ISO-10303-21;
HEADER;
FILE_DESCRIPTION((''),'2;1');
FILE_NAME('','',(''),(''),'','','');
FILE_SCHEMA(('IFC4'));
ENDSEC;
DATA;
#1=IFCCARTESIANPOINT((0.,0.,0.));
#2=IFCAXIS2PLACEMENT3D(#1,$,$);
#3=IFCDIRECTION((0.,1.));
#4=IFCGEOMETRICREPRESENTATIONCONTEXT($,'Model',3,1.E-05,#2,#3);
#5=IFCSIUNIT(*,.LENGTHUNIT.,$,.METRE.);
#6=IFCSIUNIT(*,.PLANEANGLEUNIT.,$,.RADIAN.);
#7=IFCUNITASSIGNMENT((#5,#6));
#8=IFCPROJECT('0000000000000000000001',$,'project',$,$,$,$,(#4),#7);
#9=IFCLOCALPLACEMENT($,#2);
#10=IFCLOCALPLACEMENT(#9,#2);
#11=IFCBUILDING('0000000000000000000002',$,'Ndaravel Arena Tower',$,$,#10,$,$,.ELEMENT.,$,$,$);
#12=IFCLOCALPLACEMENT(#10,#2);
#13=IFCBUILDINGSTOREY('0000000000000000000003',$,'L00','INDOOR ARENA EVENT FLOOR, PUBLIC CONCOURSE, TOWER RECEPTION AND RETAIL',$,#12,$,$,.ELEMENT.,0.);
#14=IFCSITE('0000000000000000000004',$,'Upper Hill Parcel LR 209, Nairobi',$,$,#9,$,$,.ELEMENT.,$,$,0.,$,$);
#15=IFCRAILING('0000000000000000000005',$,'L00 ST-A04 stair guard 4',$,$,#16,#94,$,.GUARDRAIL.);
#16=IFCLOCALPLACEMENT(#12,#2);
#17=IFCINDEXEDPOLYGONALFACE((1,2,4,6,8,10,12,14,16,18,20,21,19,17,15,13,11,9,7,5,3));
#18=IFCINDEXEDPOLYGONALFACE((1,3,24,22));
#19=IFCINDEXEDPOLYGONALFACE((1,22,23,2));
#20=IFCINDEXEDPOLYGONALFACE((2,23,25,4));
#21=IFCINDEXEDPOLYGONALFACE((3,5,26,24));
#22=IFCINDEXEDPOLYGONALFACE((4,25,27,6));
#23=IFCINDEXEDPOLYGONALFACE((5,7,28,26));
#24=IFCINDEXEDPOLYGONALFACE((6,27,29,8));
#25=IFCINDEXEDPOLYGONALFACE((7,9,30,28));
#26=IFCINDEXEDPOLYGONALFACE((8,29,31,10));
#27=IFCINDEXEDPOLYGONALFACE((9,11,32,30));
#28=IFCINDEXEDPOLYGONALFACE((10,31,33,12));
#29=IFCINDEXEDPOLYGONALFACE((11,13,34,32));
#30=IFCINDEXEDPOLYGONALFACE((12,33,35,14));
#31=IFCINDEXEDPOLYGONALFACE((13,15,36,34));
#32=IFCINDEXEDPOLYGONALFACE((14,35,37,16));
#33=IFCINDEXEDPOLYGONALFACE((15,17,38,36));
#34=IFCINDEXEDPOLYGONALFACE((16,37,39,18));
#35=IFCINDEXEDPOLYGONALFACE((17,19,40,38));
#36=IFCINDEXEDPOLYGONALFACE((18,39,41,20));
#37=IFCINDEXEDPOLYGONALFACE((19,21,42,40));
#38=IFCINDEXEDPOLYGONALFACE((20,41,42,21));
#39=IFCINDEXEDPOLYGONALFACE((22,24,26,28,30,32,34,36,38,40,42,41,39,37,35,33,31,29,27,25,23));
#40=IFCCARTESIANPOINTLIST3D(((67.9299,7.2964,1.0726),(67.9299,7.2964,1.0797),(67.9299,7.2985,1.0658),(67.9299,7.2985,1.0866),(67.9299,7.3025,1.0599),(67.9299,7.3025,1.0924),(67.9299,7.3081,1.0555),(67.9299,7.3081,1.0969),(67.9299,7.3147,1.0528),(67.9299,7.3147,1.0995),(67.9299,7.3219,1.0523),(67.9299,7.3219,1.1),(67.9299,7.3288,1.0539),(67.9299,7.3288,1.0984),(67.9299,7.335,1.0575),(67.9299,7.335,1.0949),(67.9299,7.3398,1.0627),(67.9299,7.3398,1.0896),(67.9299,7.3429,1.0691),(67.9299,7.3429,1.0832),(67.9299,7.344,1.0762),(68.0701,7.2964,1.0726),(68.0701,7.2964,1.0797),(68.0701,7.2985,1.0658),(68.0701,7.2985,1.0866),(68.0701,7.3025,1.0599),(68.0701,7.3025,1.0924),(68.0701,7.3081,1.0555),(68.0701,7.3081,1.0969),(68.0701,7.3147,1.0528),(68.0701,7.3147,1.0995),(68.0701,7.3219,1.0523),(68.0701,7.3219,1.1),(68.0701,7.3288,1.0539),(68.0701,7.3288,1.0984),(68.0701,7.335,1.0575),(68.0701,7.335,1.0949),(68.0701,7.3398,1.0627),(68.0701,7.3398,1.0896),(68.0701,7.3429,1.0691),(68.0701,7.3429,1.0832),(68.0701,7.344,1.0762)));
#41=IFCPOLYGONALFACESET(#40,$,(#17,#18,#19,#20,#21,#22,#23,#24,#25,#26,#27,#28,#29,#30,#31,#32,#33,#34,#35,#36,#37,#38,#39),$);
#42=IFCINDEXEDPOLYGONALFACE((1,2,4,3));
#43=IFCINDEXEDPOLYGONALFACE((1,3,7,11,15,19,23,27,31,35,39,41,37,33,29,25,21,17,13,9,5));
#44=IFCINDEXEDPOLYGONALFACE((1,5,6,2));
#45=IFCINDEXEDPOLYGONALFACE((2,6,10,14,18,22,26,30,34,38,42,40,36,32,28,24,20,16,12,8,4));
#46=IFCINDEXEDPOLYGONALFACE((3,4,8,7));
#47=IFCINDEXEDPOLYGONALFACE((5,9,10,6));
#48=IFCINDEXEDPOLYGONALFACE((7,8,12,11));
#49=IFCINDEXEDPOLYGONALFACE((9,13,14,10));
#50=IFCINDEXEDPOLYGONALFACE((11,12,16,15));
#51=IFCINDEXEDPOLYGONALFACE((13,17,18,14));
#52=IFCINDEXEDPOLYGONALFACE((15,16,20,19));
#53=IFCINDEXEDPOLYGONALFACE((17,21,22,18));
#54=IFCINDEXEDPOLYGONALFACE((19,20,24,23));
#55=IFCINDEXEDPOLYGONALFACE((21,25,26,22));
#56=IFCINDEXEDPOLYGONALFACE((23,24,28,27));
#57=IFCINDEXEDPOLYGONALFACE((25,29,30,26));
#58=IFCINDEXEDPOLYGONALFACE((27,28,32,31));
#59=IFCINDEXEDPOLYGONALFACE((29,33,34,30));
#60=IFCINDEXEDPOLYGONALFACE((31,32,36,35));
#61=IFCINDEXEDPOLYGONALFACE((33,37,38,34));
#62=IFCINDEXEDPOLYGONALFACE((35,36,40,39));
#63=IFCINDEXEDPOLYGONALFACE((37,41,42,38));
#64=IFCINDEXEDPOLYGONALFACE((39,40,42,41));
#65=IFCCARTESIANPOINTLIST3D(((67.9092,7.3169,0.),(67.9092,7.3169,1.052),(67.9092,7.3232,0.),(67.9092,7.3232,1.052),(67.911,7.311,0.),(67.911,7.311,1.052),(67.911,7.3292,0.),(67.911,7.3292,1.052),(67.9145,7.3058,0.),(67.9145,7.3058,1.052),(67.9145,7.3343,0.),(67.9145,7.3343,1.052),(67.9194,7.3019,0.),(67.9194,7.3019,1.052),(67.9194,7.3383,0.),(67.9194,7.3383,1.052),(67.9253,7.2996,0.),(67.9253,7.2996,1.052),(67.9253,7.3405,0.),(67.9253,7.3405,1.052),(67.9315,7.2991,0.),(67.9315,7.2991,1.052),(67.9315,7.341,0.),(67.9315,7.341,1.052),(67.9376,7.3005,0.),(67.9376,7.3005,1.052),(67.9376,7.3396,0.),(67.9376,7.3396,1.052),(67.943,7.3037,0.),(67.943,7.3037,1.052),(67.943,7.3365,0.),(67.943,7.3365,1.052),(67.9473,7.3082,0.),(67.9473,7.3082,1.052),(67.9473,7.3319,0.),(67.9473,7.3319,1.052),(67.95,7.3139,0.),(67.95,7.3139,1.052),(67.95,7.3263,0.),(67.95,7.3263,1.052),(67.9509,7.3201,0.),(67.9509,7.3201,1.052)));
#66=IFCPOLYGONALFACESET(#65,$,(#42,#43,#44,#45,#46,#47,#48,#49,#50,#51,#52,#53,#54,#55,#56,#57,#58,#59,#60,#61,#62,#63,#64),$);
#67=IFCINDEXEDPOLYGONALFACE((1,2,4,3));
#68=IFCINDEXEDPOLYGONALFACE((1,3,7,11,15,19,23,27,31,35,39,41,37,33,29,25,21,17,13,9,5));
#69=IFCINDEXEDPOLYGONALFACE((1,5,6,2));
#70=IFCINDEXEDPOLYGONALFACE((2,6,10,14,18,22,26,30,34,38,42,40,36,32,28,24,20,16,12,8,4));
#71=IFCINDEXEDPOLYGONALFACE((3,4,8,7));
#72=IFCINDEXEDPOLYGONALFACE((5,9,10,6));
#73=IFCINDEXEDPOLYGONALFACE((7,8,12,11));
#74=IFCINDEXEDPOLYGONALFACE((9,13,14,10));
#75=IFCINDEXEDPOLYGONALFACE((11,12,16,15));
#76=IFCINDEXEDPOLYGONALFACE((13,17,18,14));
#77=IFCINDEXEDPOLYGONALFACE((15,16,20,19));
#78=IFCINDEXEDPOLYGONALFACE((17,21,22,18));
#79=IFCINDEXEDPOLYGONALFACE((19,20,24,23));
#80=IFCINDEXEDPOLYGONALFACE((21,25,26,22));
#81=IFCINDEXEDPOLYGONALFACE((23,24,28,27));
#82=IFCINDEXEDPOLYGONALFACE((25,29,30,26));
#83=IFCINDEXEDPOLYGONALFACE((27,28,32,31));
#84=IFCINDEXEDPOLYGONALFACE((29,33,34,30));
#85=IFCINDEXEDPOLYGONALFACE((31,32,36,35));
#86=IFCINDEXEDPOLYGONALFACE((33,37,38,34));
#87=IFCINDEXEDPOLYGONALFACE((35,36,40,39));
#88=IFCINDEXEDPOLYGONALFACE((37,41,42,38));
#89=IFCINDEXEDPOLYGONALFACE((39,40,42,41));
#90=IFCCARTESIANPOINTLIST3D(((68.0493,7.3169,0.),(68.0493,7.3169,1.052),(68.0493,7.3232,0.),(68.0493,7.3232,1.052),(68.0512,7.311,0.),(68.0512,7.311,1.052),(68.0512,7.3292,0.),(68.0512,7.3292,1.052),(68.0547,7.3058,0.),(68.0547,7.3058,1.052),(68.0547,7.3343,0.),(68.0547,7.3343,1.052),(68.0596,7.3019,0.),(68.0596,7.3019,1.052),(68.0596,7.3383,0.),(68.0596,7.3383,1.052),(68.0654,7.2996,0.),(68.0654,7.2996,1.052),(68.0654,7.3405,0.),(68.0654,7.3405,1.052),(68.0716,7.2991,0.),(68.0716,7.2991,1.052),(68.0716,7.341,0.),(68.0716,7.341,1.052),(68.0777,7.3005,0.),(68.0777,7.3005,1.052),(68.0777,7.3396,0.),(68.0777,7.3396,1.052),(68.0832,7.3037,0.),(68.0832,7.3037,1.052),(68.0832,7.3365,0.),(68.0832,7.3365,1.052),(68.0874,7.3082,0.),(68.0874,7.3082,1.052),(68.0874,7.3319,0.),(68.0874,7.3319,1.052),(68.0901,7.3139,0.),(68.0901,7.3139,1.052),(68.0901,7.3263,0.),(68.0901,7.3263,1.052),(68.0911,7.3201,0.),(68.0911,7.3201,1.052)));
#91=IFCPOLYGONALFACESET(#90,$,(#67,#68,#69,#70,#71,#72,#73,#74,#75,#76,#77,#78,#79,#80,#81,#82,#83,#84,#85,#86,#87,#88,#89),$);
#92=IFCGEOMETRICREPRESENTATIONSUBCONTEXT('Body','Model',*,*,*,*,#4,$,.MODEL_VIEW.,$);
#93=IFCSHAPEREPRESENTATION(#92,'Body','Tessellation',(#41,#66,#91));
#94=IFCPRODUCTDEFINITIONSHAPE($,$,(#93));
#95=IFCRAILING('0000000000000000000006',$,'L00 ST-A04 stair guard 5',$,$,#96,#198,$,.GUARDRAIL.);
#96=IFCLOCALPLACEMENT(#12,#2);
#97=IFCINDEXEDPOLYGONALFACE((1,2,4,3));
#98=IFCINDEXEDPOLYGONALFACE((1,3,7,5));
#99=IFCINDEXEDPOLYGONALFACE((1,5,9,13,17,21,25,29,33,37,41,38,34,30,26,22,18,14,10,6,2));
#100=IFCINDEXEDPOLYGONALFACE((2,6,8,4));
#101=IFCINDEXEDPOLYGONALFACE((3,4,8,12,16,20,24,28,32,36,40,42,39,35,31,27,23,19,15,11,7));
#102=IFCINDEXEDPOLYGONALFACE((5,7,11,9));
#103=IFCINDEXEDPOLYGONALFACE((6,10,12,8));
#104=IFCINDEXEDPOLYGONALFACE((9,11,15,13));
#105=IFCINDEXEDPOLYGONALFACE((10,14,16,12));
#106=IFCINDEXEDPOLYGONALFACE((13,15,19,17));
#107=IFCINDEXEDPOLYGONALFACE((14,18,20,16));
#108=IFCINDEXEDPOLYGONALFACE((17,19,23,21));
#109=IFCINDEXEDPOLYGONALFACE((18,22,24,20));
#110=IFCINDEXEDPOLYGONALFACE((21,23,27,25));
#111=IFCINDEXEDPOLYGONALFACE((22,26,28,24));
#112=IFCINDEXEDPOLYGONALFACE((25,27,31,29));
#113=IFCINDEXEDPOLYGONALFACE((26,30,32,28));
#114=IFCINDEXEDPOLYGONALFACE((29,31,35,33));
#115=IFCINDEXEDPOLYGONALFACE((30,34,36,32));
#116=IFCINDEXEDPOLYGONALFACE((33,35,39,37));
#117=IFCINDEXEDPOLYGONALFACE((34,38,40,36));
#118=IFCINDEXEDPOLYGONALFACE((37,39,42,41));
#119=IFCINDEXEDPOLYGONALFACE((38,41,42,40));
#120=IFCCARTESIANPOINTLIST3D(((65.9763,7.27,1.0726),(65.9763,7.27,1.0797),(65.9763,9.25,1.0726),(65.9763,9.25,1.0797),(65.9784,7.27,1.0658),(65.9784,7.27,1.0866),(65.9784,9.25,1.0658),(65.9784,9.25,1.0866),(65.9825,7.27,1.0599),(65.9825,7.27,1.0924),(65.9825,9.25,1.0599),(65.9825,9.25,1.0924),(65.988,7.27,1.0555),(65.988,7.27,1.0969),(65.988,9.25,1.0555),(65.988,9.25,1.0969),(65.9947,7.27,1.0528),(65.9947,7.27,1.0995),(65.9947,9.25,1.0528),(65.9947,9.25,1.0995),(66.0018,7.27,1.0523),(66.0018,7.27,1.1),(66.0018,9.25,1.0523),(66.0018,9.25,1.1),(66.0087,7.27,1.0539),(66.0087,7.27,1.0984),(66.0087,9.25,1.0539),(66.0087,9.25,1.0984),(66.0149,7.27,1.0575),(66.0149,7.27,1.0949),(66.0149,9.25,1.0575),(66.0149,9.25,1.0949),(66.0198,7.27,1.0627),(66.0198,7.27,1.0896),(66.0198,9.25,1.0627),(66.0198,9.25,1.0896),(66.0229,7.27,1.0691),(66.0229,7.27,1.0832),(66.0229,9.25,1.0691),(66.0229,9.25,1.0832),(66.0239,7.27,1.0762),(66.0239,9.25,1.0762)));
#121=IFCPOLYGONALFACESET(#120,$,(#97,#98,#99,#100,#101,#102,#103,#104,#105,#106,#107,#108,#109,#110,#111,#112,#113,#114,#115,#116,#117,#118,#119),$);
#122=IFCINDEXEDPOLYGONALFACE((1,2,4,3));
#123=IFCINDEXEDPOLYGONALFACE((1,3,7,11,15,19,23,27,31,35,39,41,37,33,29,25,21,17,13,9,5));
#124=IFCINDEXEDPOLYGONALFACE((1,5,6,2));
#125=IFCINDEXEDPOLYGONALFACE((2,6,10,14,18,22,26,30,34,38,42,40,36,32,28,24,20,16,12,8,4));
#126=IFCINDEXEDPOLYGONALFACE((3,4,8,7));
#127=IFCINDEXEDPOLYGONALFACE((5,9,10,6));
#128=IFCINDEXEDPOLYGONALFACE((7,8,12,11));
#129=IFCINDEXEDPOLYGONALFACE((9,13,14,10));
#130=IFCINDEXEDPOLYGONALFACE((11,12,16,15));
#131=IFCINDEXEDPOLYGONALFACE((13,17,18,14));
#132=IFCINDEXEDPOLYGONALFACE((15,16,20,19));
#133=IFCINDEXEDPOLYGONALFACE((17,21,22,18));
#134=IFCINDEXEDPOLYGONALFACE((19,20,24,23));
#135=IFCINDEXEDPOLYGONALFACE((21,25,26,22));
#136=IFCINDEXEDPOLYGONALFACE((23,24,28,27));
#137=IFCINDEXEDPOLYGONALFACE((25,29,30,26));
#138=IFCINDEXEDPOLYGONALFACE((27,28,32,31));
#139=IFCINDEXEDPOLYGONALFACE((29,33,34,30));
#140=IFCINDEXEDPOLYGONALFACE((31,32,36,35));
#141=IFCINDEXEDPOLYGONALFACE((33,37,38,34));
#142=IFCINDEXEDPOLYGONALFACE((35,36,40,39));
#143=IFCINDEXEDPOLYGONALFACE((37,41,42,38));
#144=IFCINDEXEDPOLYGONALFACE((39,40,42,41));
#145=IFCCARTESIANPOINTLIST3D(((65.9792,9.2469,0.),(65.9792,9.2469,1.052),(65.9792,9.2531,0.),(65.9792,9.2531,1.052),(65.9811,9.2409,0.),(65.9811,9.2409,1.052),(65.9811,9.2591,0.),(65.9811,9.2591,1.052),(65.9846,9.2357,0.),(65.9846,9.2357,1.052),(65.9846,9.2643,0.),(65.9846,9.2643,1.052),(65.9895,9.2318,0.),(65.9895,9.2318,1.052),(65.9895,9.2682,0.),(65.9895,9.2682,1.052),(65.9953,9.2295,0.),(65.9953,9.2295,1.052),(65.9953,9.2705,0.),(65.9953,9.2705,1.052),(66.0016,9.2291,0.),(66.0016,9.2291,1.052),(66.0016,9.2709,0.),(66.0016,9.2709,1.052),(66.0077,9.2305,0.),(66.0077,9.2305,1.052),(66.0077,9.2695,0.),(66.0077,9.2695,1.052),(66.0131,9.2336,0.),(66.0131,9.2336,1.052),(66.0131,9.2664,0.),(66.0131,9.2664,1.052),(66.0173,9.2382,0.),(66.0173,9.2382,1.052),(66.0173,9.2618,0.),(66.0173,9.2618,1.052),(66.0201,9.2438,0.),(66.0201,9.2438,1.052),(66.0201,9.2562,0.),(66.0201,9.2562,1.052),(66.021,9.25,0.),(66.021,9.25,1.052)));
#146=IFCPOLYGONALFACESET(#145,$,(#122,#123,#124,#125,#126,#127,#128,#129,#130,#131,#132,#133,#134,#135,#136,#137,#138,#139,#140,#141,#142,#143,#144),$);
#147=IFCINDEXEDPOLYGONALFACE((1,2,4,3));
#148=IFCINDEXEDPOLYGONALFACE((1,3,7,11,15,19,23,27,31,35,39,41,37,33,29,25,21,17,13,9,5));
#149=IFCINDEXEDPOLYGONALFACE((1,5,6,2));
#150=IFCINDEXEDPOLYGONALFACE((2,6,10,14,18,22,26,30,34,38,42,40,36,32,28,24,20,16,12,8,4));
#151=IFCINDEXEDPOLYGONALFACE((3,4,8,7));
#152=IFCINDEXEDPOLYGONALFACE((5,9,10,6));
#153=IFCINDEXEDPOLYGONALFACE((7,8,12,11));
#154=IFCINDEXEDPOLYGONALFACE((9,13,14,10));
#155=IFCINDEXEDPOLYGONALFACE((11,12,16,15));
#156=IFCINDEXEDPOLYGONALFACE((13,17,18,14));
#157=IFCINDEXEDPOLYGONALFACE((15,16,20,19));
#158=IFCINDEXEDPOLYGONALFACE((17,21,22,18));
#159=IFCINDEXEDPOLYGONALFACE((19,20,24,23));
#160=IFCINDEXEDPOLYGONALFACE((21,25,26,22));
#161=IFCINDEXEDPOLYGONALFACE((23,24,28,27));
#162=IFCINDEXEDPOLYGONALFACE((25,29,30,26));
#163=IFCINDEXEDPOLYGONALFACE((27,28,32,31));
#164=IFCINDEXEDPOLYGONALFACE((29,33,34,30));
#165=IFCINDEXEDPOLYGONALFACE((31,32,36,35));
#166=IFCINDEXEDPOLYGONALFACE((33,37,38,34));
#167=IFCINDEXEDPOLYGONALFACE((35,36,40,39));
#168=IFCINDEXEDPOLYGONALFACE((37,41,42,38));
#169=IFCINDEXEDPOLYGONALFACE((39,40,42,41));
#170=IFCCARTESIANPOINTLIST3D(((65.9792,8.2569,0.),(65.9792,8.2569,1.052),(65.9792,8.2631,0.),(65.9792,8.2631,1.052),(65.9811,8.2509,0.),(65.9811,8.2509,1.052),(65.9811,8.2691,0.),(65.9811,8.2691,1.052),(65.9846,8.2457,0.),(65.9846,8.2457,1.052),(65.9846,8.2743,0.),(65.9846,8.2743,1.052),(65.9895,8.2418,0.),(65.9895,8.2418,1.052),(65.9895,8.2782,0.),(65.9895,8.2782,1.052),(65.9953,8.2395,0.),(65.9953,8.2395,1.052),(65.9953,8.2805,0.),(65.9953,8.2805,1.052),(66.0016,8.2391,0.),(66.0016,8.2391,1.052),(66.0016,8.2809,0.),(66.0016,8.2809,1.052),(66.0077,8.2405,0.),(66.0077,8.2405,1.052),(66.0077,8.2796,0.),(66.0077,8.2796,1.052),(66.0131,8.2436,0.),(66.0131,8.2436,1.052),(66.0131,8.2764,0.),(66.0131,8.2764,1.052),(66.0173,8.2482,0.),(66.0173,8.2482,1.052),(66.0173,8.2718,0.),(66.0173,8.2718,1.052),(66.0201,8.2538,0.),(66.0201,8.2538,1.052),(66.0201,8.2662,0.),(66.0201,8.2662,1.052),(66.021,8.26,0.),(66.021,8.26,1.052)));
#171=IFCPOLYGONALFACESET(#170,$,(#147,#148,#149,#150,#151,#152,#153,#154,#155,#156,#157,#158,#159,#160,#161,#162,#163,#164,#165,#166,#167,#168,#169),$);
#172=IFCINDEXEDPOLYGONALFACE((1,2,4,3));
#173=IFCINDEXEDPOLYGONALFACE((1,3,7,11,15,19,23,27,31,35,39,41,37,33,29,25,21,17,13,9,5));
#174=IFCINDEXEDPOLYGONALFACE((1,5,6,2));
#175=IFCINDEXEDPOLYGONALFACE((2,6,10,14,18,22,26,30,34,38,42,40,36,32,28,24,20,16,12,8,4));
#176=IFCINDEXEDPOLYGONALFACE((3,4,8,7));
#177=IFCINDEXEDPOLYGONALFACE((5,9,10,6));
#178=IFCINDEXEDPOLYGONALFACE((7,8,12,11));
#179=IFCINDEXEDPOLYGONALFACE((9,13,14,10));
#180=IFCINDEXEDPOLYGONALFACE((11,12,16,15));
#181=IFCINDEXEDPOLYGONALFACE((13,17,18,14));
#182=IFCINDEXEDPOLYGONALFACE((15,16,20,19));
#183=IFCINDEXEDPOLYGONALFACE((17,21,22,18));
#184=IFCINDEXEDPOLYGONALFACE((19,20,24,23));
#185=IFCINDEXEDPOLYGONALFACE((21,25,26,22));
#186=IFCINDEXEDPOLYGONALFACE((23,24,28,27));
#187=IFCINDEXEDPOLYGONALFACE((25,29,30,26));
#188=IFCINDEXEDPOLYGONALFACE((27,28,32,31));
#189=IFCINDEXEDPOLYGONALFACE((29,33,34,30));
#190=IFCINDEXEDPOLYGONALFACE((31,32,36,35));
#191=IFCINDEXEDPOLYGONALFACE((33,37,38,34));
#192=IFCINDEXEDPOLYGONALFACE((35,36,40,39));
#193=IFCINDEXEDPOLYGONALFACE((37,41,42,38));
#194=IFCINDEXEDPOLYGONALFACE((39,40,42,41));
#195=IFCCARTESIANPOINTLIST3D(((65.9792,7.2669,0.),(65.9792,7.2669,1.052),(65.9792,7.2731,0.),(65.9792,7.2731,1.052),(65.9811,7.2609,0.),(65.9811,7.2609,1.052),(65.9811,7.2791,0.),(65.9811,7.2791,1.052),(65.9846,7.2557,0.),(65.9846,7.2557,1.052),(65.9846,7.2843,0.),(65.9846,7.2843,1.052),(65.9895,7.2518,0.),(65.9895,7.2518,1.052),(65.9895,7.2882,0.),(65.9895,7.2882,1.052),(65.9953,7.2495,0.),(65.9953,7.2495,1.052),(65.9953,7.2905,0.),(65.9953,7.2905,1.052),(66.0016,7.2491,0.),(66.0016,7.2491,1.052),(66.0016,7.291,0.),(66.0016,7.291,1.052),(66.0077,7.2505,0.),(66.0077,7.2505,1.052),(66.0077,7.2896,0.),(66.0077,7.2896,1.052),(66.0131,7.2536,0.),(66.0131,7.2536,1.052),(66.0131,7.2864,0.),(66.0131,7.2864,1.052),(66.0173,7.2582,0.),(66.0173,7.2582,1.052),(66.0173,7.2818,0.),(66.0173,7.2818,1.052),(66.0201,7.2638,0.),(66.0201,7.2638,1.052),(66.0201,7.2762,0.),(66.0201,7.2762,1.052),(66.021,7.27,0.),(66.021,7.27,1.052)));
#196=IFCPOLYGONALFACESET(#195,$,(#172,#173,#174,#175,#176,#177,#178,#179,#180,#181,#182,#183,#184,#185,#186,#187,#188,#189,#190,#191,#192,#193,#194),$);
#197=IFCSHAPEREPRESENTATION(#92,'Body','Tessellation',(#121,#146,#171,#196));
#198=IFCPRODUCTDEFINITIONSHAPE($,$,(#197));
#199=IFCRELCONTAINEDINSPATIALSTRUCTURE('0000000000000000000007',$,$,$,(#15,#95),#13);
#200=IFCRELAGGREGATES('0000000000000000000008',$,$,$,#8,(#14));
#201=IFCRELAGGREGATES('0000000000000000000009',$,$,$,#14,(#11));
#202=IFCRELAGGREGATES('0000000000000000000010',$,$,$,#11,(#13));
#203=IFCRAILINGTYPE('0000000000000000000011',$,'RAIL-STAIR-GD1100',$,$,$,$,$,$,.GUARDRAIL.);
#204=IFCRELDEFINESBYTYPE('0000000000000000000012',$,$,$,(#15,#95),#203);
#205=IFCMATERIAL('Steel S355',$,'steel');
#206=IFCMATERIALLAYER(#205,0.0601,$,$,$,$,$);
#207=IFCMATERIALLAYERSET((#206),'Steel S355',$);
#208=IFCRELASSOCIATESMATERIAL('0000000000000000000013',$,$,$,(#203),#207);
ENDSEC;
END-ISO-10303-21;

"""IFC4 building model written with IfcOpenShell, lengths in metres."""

from ifc_helpers import new_model, si_unit, direction, frame, origin, origin_2d, place, context, subcontext, project, spatial, circle, extrude, material, layer, layer_set, type_object, element, save


model = new_model("IFC4")

# Units and contexts
model_context = context("Model", 3, precision=1e-05, world=origin(), true_north=direction((0.0, 1.0)))
body_context = subcontext(model_context, "Body", "Model", "MODEL_VIEW")
ifc_project = project(units=[si_unit("LENGTHUNIT", "METRE"), si_unit("PLANEANGLEUNIT", "RADIAN")], contexts=[model_context])

# Site, building, storey
site_placement = place(None, origin())
site = spatial("IfcSite", under=ifc_project, at=site_placement, Name="Upper Hill Parcel LR 209, Nairobi", CompositionType="ELEMENT", RefElevation=0.0)
building_placement = place(site_placement, origin())
building = spatial("IfcBuilding", under=site, at=building_placement, Name="Ndaravel Arena Tower", CompositionType="ELEMENT")
storey_placement = place(building_placement, origin())
storey = spatial("IfcBuildingStorey", under=building, at=storey_placement, Name="L00", Description="INDOOR ARENA EVENT FLOOR, PUBLIC CONCOURSE, TOWER RECEPTION AND RETAIL", CompositionType="ELEMENT", Elevation=0.0)

# Railings
ifc_material_1 = material(Name="Steel S355", Category="steel")
ifc_layer_1 = layer(ifc_material_1, 0.0601)
ifc_layer_set_1 = layer_set([ifc_layer_1], Name="Steel S355")
railing_type_1 = type_object("IfcRailingType", Name="RAIL-STAIR-GD1100", PredefinedType="GUARDRAIL", material=ifc_layer_set_1)
railing_1_placement = place(storey_placement, frame((67.9299, 7.3201, 0.0)))
element("IfcRailing", 1, at=railing_1_placement, inside=storey, type_object=railing_type_1, Name="L00 ST-A04 stair guard 4", PredefinedType="GUARDRAIL", context=body_context, shape_type="SweptSolid", body=[
    extrude(circle(Radius=0.0239, at=origin_2d()), frame((0.0, 0.0, 1.0762), z_axis=(1.0, 0.0, 0.0), x_axis=(0.0, 1.0, 0.0)), (0.0, 0.0, 1.0), 0.1401),
    extrude(circle(Radius=0.021, at=origin_2d()), origin(), (0.0, 0.0, 1.0), 1.052),
    extrude(circle(Radius=0.021, at=origin_2d()), frame((0.1401, 0.0, 0.0)), (0.0, 0.0, 1.0), 1.052),
])
for number, where, name in (
    (2, (66.0, 9.25, 0.0), "L00 ST-A04 stair guard 5"),
):
    element("IfcRailing", number, at=place(storey_placement, frame(where)), inside=storey, type_object=railing_type_1, Name=name, PredefinedType="GUARDRAIL", context=body_context, shape_type="SweptSolid", body=[
        extrude(circle(Radius=0.0239, at=origin_2d()), frame((0.0, 0.0, 1.0762), z_axis=(0.0, -1.0, 0.0), x_axis=(1.0, 0.0, 0.0)), (0.0, 0.0, 1.0), 1.98),
        extrude(circle(Radius=0.021, at=origin_2d()), origin(), (0.0, 0.0, 1.0), 1.052),
        extrude(circle(Radius=0.021, at=origin_2d()), frame((0.0, -0.99, 0.0)), (0.0, 0.0, 1.0), 1.052),
        extrude(circle(Radius=0.021, at=origin_2d()), frame((0.0, -1.98, 0.0)), (0.0, 0.0, 1.0), 1.052),
    ])

save(model, "model.ifc")
